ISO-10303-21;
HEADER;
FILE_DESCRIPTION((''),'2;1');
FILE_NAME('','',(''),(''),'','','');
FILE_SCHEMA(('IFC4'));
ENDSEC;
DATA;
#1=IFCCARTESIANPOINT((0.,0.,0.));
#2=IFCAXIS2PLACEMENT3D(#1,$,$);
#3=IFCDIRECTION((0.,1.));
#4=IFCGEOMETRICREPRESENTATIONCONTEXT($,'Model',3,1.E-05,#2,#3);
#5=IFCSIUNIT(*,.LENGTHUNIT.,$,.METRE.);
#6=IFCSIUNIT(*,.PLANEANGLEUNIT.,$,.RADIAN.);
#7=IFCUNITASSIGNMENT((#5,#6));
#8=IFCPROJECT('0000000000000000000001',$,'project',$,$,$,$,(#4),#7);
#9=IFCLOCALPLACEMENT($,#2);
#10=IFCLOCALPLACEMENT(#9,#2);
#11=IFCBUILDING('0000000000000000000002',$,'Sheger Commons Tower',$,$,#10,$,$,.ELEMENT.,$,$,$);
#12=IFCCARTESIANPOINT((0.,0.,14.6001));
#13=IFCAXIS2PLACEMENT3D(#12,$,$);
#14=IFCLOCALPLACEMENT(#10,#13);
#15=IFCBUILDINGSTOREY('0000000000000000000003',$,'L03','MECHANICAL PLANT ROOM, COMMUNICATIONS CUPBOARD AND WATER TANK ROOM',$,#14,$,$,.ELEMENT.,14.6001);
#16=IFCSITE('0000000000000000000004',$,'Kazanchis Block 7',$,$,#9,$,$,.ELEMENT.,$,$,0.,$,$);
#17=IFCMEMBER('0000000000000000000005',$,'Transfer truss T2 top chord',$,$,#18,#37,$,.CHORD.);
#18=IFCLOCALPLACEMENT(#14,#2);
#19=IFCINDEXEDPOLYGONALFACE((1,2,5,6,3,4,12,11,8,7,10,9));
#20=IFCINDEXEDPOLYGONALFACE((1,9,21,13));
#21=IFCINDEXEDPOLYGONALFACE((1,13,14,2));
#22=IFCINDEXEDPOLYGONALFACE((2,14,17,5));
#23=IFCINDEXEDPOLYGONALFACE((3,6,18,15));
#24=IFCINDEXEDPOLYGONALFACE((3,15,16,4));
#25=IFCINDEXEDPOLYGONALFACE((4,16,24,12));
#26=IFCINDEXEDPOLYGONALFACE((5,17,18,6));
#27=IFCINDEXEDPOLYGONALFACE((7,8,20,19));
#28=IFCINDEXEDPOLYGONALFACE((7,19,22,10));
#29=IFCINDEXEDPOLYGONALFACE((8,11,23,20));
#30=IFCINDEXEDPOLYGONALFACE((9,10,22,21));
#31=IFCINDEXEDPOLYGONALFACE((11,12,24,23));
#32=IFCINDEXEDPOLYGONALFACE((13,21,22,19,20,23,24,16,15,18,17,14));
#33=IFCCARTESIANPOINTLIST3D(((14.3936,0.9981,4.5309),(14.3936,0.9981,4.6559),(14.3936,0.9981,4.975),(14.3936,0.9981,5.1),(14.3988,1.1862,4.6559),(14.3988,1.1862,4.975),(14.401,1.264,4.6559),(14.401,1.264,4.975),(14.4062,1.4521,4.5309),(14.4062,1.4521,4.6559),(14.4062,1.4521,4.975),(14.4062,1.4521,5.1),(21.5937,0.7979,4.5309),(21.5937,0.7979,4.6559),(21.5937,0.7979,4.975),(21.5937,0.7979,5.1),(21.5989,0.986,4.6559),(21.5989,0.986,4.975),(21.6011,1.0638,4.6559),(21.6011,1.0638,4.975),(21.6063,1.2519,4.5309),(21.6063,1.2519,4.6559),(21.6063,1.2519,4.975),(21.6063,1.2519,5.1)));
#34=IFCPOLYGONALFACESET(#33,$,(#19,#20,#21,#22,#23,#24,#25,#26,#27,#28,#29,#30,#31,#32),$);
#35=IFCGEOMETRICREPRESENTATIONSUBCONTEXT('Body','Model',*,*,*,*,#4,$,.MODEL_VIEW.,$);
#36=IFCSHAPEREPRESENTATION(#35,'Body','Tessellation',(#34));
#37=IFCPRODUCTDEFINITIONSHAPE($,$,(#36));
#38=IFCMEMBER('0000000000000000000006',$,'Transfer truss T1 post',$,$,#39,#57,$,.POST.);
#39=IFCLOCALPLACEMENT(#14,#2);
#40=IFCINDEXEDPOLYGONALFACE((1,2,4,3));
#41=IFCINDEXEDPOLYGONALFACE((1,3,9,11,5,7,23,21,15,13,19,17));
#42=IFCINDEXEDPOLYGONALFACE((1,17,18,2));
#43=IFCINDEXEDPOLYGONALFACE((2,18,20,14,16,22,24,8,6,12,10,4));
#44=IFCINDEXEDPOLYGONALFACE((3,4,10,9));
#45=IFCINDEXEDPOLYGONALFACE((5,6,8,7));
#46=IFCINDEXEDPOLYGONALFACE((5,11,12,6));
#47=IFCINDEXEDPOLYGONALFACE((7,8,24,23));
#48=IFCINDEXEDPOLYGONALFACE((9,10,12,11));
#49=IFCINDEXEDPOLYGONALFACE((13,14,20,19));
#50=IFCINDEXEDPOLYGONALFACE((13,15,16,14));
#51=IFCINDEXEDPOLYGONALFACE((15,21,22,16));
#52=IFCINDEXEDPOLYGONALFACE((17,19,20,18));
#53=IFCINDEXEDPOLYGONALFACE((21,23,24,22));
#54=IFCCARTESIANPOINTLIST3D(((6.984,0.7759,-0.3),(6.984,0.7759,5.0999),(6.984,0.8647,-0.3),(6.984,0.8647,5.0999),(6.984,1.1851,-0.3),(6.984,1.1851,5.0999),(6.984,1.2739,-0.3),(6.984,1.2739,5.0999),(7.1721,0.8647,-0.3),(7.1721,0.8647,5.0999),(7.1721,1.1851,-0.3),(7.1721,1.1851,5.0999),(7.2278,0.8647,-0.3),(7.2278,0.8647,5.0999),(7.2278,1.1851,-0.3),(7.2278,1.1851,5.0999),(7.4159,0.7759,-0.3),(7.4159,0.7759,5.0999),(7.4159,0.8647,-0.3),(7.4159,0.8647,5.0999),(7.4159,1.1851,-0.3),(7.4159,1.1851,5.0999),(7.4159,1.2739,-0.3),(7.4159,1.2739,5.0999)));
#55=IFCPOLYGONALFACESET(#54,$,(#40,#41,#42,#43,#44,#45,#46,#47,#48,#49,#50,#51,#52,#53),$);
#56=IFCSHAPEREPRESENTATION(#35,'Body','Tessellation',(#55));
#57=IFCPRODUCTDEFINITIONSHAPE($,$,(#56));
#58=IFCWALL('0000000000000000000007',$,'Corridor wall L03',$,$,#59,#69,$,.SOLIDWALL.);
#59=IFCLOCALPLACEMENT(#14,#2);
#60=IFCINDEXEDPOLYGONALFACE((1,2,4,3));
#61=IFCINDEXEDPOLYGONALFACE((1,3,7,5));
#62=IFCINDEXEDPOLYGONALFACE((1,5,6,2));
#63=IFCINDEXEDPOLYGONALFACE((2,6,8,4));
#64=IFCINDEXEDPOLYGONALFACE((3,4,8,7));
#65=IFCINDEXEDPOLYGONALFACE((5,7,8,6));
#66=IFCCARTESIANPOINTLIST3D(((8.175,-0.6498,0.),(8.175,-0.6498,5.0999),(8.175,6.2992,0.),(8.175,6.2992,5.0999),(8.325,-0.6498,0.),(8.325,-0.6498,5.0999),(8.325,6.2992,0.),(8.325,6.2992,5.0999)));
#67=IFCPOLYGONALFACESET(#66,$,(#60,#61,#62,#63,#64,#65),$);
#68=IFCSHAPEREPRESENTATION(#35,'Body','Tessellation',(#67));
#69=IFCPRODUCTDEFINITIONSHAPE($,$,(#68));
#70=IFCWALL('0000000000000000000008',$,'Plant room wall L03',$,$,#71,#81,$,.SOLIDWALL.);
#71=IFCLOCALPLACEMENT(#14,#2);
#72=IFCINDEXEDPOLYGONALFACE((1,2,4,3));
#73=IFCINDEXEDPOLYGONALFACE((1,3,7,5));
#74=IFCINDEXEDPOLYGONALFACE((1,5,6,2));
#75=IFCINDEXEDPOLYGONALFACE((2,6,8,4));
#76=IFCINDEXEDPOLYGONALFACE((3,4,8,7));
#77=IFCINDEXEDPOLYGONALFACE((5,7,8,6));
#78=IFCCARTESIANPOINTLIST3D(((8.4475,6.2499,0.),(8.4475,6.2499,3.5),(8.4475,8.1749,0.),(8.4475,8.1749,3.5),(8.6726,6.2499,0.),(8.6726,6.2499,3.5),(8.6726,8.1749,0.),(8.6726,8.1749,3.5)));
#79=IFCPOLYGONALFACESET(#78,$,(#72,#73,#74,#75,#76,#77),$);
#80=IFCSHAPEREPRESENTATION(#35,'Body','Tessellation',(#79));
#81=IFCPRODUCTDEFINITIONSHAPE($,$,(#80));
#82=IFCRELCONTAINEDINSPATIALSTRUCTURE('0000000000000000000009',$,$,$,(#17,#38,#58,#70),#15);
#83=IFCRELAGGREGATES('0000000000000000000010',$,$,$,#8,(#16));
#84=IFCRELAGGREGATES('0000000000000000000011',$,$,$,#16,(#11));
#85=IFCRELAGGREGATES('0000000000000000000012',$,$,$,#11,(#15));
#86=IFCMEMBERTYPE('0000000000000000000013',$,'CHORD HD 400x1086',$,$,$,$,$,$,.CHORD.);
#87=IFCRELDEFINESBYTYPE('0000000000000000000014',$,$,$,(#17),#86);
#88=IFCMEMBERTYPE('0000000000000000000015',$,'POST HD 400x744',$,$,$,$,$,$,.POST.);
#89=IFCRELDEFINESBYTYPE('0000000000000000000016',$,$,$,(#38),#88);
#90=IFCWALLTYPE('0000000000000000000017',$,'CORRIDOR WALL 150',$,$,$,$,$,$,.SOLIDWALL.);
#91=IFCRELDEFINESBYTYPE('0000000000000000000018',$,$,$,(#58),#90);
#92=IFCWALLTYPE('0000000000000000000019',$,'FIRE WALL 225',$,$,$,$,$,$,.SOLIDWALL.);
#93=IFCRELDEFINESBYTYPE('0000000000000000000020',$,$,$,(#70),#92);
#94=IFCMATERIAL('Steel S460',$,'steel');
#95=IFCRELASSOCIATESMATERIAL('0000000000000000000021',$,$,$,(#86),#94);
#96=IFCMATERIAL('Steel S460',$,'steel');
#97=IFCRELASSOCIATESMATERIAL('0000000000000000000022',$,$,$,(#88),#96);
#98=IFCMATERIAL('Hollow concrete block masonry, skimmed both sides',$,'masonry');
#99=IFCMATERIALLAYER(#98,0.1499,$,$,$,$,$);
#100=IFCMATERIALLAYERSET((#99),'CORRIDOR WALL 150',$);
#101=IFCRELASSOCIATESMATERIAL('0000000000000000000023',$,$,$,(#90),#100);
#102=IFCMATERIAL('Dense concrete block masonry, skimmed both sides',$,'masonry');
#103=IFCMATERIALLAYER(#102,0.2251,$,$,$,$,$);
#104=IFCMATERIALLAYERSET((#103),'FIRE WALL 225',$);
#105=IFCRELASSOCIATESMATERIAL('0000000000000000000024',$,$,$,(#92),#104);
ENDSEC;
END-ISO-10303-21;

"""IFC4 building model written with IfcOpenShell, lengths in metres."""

from ifc_helpers import new_model, si_unit, direction, frame, frame_2d, origin, origin_2d, place, context, subcontext, project, spatial, rectangle, i_section, extrude, material, layer, layer_set, material_profile, profile_set, type_object, element, save


model = new_model("IFC4")

# Units and contexts
model_context = context("Model", 3, precision=1e-05, world=origin(), true_north=direction((0.0, 1.0)))
body_context = subcontext(model_context, "Body", "Model", "MODEL_VIEW")
ifc_project = project(units=[si_unit("LENGTHUNIT", "METRE"), si_unit("PLANEANGLEUNIT", "RADIAN")], contexts=[model_context])

# Site, building, storey
site_placement = place(None, origin())
site = spatial("IfcSite", under=ifc_project, at=site_placement, Name="Kazanchis Block 7", CompositionType="ELEMENT", RefElevation=0.0)
building_placement = place(site_placement, origin())
building = spatial("IfcBuilding", under=site, at=building_placement, Name="Sheger Commons Tower", CompositionType="ELEMENT")
storey_placement = place(building_placement, frame((0.0, 0.0, 14.6001)))
storey = spatial("IfcBuildingStorey", under=building, at=storey_placement, Name="L03", Description="MECHANICAL PLANT ROOM, COMMUNICATIONS CUPBOARD AND WATER TANK ROOM", CompositionType="ELEMENT", Elevation=14.6001)

# Members
ifc_material_1 = material(Name="Steel S460", Category="steel")
ifc_material_profile_1 = material_profile(ifc_material_1, i_section(OverallWidth=0.4541, OverallDepth=0.5691, WebThickness=0.0779, FlangeThickness=0.125, at=origin_2d()), Name="HD 400x1086")
ifc_profile_set_1 = profile_set([ifc_material_profile_1], Name="Steel S460")
member_type_1 = type_object("IfcMemberType", Name="CHORD HD 400x1086", PredefinedType="CHORD", material=ifc_profile_set_1)
member_1_placement = place(storey_placement, frame((14.3999, 1.2251, 4.8154), z_axis=(0.999614, -0.027793, 0.0), x_axis=(0.027793, 0.999614, 0.0)))
element("IfcMember", 1, at=member_1_placement, inside=storey, type_object=member_type_1, Name="Transfer truss T2 top chord", PredefinedType="CHORD", context=body_context, shape_type="SweptSolid", body=[
    extrude(i_section(OverallWidth=0.4541, OverallDepth=0.5691, WebThickness=0.0779, FlangeThickness=0.125, at=origin_2d()), origin(), (0.0, 0.0, 1.0), 7.2029),
])
ifc_material_2 = material(Name="Steel S460", Category="steel")
ifc_material_profile_2 = material_profile(ifc_material_2, i_section(OverallWidth=0.4319, OverallDepth=0.498, WebThickness=0.0557, FlangeThickness=0.0889, at=origin_2d()), Name="HD 400x744")
ifc_profile_set_2 = profile_set([ifc_material_profile_2], Name="Steel S460")
member_type_2 = type_object("IfcMemberType", Name="POST HD 400x744", PredefinedType="POST", material=ifc_profile_set_2)
member_2_placement = place(storey_placement, frame((7.2, 1.0249, -0.3), z_axis=(0.0, 0.0, 1.0), x_axis=(1.0, 0.0, 0.0)))
element("IfcMember", 2, at=member_2_placement, inside=storey, type_object=member_type_2, Name="Transfer truss T1 post", PredefinedType="POST", context=body_context, shape_type="SweptSolid", body=[
    extrude(i_section(OverallWidth=0.4319, OverallDepth=0.498, WebThickness=0.0557, FlangeThickness=0.0889, at=origin_2d()), origin(), (0.0, 0.0, 1.0), 5.3999),
])

# Walls
ifc_material_3 = material(Name="Hollow concrete block masonry, skimmed both sides", Category="masonry")
ifc_layer_1 = layer(ifc_material_3, 0.1499)
ifc_layer_set_1 = layer_set([ifc_layer_1], Name="CORRIDOR WALL 150")
wall_type_1 = type_object("IfcWallType", Name="CORRIDOR WALL 150", PredefinedType="SOLIDWALL", material=ifc_layer_set_1)
wall_1_placement = place(storey_placement, frame((8.25, -0.6499, 0.0), z_axis=(0.0, 0.0, 1.0), x_axis=(0.0, 1.0, 0.0)))
element("IfcWall", 3, at=wall_1_placement, inside=storey, type_object=wall_type_1, Name="Corridor wall L03", PredefinedType="SOLIDWALL", context=body_context, shape_type="SweptSolid", body=[
    extrude(rectangle(XDim=6.949, YDim=0.1499, at=frame_2d((3.4746, 0.0))), origin(), (0.0, 0.0, 1.0), 5.0999),
])
ifc_material_4 = material(Name="Dense concrete block masonry, skimmed both sides", Category="masonry")
ifc_layer_2 = layer(ifc_material_4, 0.2251)
ifc_layer_set_2 = layer_set([ifc_layer_2], Name="FIRE WALL 225")
wall_type_2 = type_object("IfcWallType", Name="FIRE WALL 225", PredefinedType="SOLIDWALL", material=ifc_layer_set_2)
wall_2_placement = place(storey_placement, frame((8.5601, 6.25, 0.0), z_axis=(0.0, 0.0, 1.0), x_axis=(0.0, 1.0, 0.0)))
element("IfcWall", 4, at=wall_2_placement, inside=storey, type_object=wall_type_2, Name="Plant room wall L03", PredefinedType="SOLIDWALL", context=body_context, shape_type="SweptSolid", body=[
    extrude(rectangle(XDim=1.925, YDim=0.2251, at=frame_2d((0.9624, 0.0))), origin(), (0.0, 0.0, 1.0), 3.5),
])

save(model, "model.ifc")
